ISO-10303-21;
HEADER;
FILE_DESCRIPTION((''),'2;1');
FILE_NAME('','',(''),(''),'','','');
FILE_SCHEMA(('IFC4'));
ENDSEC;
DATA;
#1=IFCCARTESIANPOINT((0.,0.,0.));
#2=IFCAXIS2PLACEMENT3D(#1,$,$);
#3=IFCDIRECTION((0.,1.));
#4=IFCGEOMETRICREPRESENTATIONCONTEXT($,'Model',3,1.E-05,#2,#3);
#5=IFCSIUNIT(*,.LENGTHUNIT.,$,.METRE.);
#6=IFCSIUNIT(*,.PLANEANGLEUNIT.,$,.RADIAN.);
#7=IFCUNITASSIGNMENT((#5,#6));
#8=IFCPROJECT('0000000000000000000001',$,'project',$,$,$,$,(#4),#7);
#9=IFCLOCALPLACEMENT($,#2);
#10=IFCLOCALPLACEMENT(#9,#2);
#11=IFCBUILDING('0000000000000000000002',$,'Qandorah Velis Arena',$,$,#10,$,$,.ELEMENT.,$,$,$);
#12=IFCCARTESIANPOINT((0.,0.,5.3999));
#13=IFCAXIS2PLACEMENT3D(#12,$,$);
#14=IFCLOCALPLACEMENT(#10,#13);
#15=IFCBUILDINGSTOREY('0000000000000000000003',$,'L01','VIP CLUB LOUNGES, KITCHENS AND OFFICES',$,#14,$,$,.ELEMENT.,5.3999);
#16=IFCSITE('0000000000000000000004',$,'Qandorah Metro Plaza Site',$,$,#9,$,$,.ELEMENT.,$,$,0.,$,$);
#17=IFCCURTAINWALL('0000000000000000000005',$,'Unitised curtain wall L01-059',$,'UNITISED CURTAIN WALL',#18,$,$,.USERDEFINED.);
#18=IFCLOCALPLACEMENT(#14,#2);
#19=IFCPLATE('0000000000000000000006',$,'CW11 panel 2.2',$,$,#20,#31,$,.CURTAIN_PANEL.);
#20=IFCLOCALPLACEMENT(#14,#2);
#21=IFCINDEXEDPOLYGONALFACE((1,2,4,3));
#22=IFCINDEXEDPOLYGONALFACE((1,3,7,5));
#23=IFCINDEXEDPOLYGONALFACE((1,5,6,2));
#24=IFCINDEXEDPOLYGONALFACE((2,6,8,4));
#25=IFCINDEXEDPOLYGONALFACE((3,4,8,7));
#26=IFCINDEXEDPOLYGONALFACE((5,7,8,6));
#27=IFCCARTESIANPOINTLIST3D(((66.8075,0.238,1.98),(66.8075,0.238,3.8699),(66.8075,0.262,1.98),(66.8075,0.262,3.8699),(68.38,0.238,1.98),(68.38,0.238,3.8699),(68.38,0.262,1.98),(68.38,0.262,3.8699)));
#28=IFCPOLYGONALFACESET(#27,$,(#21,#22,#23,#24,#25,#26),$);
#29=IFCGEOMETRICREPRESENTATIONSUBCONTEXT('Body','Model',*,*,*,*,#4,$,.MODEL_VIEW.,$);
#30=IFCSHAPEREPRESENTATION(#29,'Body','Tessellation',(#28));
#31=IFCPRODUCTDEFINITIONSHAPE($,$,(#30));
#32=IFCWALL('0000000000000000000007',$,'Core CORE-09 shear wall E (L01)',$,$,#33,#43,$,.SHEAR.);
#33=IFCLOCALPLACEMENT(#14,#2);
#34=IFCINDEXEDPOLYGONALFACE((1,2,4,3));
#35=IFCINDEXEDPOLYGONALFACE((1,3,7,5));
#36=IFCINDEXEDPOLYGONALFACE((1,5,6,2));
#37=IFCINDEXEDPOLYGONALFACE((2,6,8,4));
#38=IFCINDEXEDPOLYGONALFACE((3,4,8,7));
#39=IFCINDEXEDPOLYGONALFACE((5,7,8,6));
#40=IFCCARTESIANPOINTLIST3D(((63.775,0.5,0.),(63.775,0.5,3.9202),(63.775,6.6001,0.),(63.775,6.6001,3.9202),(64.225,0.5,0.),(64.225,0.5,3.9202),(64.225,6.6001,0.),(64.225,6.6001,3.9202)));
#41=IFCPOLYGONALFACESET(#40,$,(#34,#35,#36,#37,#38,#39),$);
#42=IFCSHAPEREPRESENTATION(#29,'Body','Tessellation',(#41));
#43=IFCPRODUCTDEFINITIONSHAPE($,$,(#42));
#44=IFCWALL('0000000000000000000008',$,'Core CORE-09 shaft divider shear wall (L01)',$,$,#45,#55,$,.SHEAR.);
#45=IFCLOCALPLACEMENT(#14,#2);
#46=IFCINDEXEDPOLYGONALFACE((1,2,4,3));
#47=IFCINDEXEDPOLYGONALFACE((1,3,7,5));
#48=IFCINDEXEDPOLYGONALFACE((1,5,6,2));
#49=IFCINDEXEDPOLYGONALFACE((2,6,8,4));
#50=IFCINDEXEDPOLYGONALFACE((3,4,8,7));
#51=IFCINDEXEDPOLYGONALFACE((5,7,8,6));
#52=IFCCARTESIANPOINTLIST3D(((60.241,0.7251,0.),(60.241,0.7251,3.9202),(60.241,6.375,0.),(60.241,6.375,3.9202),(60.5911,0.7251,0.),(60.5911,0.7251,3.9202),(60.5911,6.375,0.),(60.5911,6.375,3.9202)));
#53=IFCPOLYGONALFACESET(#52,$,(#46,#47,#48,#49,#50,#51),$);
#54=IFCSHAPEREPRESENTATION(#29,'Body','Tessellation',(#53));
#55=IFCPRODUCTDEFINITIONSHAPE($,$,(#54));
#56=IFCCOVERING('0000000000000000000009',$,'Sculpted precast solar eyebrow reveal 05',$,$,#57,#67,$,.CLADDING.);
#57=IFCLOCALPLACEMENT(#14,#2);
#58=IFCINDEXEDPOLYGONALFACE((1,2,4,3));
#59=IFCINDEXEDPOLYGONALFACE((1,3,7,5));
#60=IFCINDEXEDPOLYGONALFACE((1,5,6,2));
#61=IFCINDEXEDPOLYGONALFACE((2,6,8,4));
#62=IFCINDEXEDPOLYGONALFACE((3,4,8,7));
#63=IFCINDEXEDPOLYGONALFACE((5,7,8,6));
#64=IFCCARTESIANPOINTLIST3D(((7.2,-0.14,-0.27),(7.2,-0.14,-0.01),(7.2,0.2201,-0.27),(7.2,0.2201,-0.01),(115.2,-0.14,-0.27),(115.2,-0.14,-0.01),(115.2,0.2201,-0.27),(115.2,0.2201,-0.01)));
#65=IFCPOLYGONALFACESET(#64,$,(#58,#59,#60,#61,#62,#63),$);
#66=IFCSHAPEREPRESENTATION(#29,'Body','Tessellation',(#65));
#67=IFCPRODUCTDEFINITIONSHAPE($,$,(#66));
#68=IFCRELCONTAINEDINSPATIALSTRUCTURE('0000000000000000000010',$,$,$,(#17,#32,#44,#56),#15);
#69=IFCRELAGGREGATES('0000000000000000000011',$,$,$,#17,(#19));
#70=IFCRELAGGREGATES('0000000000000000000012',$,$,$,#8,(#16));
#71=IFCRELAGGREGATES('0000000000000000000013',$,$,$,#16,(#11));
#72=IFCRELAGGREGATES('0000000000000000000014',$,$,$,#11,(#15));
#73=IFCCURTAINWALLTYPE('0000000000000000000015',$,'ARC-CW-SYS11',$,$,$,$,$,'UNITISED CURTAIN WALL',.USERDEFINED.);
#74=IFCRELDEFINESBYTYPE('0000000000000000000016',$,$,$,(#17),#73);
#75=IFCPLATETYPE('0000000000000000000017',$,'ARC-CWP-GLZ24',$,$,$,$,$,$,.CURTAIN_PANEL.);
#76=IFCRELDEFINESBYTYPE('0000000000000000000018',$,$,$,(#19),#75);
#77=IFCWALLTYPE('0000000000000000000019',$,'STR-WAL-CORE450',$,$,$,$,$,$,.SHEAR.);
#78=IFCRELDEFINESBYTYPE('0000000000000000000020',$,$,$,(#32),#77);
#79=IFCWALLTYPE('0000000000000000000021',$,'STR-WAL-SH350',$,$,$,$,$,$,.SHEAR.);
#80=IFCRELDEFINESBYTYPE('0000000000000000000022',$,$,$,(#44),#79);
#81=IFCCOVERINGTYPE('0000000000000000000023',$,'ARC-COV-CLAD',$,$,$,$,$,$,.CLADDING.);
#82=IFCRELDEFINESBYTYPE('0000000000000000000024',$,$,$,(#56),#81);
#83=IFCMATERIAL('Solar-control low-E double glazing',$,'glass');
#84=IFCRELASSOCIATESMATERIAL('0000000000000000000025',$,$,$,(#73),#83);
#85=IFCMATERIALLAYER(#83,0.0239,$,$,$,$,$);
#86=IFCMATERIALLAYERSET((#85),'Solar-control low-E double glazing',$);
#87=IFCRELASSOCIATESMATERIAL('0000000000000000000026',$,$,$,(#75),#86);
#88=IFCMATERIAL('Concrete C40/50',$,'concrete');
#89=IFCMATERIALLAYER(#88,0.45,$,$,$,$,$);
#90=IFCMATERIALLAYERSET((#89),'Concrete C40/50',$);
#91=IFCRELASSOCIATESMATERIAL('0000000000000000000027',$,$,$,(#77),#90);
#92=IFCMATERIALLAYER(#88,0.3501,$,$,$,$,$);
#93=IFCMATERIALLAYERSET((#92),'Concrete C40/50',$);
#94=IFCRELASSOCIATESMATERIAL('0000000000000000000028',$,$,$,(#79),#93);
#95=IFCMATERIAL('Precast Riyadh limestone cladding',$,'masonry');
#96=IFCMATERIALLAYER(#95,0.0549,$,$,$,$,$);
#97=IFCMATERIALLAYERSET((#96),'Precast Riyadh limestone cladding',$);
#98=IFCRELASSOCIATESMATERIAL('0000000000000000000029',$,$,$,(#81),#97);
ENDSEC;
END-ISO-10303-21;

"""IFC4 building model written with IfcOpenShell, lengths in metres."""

from ifc_helpers import new_model, si_unit, direction, frame, frame_2d, origin, origin_2d, place, context, subcontext, project, spatial, rectangle, extrude, material, layer, layer_set, type_object, element, aggregate, save


model = new_model("IFC4")

# Units and contexts
model_context = context("Model", 3, precision=1e-05, world=origin(), true_north=direction((0.0, 1.0)))
body_context = subcontext(model_context, "Body", "Model", "MODEL_VIEW")
ifc_project = project(units=[si_unit("LENGTHUNIT", "METRE"), si_unit("PLANEANGLEUNIT", "RADIAN")], contexts=[model_context])

# Site, building, storey
site_placement = place(None, origin())
site = spatial("IfcSite", under=ifc_project, at=site_placement, Name="Qandorah Metro Plaza Site", CompositionType="ELEMENT", RefElevation=0.0)
building_placement = place(site_placement, origin())
building = spatial("IfcBuilding", under=site, at=building_placement, Name="Qandorah Velis Arena", CompositionType="ELEMENT")
storey_placement = place(building_placement, frame((0.0, 0.0, 5.3999)))
storey = spatial("IfcBuildingStorey", under=building, at=storey_placement, Name="L01", Description="VIP CLUB LOUNGES, KITCHENS AND OFFICES", CompositionType="ELEMENT", Elevation=5.3999)

# Shared definitions
ifc_material_1 = material(Name="Concrete C40/50", Category="concrete")

# Curtain wall
ifc_material_2 = material(Name="Solar-control low-E double glazing", Category="glass")
curtain_wall_type = type_object("IfcCurtainWallType", Name="ARC-CW-SYS11", ElementType="UNITISED CURTAIN WALL", PredefinedType="USERDEFINED", material=ifc_material_2)
curtain_wall_placement = place(storey_placement, origin())
curtain_wall = element("IfcCurtainWall", 1, at=curtain_wall_placement, inside=storey, type_object=curtain_wall_type, Name="Unitised curtain wall L01-059", ObjectType="UNITISED CURTAIN WALL", PredefinedType="USERDEFINED")

# Plate
ifc_layer_1 = layer(ifc_material_2, 0.0239)
ifc_layer_set_1 = layer_set([ifc_layer_1], Name="Solar-control low-E double glazing")
plate_type = type_object("IfcPlateType", Name="ARC-CWP-GLZ24", PredefinedType="CURTAIN_PANEL", material=ifc_layer_set_1)
plate_1_placement = place(storey_placement, frame((67.5938, 0.25, 1.98), z_axis=(0.0, 0.0, 1.0), x_axis=(1.0, 0.0, 0.0)))
plate_1 = element("IfcPlate", 2, at=plate_1_placement, type_object=plate_type, Name="CW11 panel 2.2", PredefinedType="CURTAIN_PANEL", context=body_context, shape_type="SweptSolid", body=[
    extrude(rectangle(XDim=1.5725, YDim=0.0239, at=origin_2d()), origin(), (0.0, 0.0, 1.0), 1.8899),
])
aggregate(curtain_wall, [plate_1])

# Walls
ifc_layer_2 = layer(ifc_material_1, 0.45)
ifc_layer_set_2 = layer_set([ifc_layer_2], Name="Concrete C40/50")
wall_type_1 = type_object("IfcWallType", Name="STR-WAL-CORE450", PredefinedType="SHEAR", material=ifc_layer_set_2)
wall_1_placement = place(storey_placement, frame((64.0, 0.5, 0.0), z_axis=(0.0, 0.0, 1.0), x_axis=(0.0, 1.0, 0.0)))
element("IfcWall", 3, at=wall_1_placement, inside=storey, type_object=wall_type_1, Name="Core CORE-09 shear wall E (L01)", PredefinedType="SHEAR", context=body_context, shape_type="SweptSolid", body=[
    extrude(rectangle(XDim=6.1001, YDim=0.45, at=frame_2d((3.05, 0.0))), origin(), (0.0, 0.0, 1.0), 3.9202),
])
ifc_layer_3 = layer(ifc_material_1, 0.3501)
ifc_layer_set_3 = layer_set([ifc_layer_3], Name="Concrete C40/50")
wall_type_2 = type_object("IfcWallType", Name="STR-WAL-SH350", PredefinedType="SHEAR", material=ifc_layer_set_3)
wall_2_placement = place(storey_placement, frame((60.416, 0.7251, 0.0), z_axis=(0.0, 0.0, 1.0), x_axis=(0.0, 1.0, 0.0)))
element("IfcWall", 4, at=wall_2_placement, inside=storey, type_object=wall_type_2, Name="Core CORE-09 shaft divider shear wall (L01)", PredefinedType="SHEAR", context=body_context, shape_type="SweptSolid", body=[
    extrude(rectangle(XDim=5.6499, YDim=0.3501, at=frame_2d((2.825, 0.0))), origin(), (0.0, 0.0, 1.0), 3.9202),
])

# Covering
ifc_material_3 = material(Name="Precast Riyadh limestone cladding", Category="masonry")
ifc_layer_4 = layer(ifc_material_3, 0.0549)
ifc_layer_set_4 = layer_set([ifc_layer_4], Name="Precast Riyadh limestone cladding")
covering_type = type_object("IfcCoveringType", Name="ARC-COV-CLAD", PredefinedType="CLADDING", material=ifc_layer_set_4)
covering_placement = place(storey_placement, frame((61.2, 0.04, -0.27), z_axis=(0.0, 0.0, 1.0), x_axis=(1.0, 0.0, 0.0)))
element("IfcCovering", 5, at=covering_placement, inside=storey, type_object=covering_type, Name="Sculpted precast solar eyebrow reveal 05", PredefinedType="CLADDING", context=body_context, shape_type="SweptSolid", body=[
    extrude(rectangle(XDim=108.0, YDim=0.3601, at=origin_2d()), origin(), (0.0, 0.0, 1.0), 0.26),
])

save(model, "model.ifc")
